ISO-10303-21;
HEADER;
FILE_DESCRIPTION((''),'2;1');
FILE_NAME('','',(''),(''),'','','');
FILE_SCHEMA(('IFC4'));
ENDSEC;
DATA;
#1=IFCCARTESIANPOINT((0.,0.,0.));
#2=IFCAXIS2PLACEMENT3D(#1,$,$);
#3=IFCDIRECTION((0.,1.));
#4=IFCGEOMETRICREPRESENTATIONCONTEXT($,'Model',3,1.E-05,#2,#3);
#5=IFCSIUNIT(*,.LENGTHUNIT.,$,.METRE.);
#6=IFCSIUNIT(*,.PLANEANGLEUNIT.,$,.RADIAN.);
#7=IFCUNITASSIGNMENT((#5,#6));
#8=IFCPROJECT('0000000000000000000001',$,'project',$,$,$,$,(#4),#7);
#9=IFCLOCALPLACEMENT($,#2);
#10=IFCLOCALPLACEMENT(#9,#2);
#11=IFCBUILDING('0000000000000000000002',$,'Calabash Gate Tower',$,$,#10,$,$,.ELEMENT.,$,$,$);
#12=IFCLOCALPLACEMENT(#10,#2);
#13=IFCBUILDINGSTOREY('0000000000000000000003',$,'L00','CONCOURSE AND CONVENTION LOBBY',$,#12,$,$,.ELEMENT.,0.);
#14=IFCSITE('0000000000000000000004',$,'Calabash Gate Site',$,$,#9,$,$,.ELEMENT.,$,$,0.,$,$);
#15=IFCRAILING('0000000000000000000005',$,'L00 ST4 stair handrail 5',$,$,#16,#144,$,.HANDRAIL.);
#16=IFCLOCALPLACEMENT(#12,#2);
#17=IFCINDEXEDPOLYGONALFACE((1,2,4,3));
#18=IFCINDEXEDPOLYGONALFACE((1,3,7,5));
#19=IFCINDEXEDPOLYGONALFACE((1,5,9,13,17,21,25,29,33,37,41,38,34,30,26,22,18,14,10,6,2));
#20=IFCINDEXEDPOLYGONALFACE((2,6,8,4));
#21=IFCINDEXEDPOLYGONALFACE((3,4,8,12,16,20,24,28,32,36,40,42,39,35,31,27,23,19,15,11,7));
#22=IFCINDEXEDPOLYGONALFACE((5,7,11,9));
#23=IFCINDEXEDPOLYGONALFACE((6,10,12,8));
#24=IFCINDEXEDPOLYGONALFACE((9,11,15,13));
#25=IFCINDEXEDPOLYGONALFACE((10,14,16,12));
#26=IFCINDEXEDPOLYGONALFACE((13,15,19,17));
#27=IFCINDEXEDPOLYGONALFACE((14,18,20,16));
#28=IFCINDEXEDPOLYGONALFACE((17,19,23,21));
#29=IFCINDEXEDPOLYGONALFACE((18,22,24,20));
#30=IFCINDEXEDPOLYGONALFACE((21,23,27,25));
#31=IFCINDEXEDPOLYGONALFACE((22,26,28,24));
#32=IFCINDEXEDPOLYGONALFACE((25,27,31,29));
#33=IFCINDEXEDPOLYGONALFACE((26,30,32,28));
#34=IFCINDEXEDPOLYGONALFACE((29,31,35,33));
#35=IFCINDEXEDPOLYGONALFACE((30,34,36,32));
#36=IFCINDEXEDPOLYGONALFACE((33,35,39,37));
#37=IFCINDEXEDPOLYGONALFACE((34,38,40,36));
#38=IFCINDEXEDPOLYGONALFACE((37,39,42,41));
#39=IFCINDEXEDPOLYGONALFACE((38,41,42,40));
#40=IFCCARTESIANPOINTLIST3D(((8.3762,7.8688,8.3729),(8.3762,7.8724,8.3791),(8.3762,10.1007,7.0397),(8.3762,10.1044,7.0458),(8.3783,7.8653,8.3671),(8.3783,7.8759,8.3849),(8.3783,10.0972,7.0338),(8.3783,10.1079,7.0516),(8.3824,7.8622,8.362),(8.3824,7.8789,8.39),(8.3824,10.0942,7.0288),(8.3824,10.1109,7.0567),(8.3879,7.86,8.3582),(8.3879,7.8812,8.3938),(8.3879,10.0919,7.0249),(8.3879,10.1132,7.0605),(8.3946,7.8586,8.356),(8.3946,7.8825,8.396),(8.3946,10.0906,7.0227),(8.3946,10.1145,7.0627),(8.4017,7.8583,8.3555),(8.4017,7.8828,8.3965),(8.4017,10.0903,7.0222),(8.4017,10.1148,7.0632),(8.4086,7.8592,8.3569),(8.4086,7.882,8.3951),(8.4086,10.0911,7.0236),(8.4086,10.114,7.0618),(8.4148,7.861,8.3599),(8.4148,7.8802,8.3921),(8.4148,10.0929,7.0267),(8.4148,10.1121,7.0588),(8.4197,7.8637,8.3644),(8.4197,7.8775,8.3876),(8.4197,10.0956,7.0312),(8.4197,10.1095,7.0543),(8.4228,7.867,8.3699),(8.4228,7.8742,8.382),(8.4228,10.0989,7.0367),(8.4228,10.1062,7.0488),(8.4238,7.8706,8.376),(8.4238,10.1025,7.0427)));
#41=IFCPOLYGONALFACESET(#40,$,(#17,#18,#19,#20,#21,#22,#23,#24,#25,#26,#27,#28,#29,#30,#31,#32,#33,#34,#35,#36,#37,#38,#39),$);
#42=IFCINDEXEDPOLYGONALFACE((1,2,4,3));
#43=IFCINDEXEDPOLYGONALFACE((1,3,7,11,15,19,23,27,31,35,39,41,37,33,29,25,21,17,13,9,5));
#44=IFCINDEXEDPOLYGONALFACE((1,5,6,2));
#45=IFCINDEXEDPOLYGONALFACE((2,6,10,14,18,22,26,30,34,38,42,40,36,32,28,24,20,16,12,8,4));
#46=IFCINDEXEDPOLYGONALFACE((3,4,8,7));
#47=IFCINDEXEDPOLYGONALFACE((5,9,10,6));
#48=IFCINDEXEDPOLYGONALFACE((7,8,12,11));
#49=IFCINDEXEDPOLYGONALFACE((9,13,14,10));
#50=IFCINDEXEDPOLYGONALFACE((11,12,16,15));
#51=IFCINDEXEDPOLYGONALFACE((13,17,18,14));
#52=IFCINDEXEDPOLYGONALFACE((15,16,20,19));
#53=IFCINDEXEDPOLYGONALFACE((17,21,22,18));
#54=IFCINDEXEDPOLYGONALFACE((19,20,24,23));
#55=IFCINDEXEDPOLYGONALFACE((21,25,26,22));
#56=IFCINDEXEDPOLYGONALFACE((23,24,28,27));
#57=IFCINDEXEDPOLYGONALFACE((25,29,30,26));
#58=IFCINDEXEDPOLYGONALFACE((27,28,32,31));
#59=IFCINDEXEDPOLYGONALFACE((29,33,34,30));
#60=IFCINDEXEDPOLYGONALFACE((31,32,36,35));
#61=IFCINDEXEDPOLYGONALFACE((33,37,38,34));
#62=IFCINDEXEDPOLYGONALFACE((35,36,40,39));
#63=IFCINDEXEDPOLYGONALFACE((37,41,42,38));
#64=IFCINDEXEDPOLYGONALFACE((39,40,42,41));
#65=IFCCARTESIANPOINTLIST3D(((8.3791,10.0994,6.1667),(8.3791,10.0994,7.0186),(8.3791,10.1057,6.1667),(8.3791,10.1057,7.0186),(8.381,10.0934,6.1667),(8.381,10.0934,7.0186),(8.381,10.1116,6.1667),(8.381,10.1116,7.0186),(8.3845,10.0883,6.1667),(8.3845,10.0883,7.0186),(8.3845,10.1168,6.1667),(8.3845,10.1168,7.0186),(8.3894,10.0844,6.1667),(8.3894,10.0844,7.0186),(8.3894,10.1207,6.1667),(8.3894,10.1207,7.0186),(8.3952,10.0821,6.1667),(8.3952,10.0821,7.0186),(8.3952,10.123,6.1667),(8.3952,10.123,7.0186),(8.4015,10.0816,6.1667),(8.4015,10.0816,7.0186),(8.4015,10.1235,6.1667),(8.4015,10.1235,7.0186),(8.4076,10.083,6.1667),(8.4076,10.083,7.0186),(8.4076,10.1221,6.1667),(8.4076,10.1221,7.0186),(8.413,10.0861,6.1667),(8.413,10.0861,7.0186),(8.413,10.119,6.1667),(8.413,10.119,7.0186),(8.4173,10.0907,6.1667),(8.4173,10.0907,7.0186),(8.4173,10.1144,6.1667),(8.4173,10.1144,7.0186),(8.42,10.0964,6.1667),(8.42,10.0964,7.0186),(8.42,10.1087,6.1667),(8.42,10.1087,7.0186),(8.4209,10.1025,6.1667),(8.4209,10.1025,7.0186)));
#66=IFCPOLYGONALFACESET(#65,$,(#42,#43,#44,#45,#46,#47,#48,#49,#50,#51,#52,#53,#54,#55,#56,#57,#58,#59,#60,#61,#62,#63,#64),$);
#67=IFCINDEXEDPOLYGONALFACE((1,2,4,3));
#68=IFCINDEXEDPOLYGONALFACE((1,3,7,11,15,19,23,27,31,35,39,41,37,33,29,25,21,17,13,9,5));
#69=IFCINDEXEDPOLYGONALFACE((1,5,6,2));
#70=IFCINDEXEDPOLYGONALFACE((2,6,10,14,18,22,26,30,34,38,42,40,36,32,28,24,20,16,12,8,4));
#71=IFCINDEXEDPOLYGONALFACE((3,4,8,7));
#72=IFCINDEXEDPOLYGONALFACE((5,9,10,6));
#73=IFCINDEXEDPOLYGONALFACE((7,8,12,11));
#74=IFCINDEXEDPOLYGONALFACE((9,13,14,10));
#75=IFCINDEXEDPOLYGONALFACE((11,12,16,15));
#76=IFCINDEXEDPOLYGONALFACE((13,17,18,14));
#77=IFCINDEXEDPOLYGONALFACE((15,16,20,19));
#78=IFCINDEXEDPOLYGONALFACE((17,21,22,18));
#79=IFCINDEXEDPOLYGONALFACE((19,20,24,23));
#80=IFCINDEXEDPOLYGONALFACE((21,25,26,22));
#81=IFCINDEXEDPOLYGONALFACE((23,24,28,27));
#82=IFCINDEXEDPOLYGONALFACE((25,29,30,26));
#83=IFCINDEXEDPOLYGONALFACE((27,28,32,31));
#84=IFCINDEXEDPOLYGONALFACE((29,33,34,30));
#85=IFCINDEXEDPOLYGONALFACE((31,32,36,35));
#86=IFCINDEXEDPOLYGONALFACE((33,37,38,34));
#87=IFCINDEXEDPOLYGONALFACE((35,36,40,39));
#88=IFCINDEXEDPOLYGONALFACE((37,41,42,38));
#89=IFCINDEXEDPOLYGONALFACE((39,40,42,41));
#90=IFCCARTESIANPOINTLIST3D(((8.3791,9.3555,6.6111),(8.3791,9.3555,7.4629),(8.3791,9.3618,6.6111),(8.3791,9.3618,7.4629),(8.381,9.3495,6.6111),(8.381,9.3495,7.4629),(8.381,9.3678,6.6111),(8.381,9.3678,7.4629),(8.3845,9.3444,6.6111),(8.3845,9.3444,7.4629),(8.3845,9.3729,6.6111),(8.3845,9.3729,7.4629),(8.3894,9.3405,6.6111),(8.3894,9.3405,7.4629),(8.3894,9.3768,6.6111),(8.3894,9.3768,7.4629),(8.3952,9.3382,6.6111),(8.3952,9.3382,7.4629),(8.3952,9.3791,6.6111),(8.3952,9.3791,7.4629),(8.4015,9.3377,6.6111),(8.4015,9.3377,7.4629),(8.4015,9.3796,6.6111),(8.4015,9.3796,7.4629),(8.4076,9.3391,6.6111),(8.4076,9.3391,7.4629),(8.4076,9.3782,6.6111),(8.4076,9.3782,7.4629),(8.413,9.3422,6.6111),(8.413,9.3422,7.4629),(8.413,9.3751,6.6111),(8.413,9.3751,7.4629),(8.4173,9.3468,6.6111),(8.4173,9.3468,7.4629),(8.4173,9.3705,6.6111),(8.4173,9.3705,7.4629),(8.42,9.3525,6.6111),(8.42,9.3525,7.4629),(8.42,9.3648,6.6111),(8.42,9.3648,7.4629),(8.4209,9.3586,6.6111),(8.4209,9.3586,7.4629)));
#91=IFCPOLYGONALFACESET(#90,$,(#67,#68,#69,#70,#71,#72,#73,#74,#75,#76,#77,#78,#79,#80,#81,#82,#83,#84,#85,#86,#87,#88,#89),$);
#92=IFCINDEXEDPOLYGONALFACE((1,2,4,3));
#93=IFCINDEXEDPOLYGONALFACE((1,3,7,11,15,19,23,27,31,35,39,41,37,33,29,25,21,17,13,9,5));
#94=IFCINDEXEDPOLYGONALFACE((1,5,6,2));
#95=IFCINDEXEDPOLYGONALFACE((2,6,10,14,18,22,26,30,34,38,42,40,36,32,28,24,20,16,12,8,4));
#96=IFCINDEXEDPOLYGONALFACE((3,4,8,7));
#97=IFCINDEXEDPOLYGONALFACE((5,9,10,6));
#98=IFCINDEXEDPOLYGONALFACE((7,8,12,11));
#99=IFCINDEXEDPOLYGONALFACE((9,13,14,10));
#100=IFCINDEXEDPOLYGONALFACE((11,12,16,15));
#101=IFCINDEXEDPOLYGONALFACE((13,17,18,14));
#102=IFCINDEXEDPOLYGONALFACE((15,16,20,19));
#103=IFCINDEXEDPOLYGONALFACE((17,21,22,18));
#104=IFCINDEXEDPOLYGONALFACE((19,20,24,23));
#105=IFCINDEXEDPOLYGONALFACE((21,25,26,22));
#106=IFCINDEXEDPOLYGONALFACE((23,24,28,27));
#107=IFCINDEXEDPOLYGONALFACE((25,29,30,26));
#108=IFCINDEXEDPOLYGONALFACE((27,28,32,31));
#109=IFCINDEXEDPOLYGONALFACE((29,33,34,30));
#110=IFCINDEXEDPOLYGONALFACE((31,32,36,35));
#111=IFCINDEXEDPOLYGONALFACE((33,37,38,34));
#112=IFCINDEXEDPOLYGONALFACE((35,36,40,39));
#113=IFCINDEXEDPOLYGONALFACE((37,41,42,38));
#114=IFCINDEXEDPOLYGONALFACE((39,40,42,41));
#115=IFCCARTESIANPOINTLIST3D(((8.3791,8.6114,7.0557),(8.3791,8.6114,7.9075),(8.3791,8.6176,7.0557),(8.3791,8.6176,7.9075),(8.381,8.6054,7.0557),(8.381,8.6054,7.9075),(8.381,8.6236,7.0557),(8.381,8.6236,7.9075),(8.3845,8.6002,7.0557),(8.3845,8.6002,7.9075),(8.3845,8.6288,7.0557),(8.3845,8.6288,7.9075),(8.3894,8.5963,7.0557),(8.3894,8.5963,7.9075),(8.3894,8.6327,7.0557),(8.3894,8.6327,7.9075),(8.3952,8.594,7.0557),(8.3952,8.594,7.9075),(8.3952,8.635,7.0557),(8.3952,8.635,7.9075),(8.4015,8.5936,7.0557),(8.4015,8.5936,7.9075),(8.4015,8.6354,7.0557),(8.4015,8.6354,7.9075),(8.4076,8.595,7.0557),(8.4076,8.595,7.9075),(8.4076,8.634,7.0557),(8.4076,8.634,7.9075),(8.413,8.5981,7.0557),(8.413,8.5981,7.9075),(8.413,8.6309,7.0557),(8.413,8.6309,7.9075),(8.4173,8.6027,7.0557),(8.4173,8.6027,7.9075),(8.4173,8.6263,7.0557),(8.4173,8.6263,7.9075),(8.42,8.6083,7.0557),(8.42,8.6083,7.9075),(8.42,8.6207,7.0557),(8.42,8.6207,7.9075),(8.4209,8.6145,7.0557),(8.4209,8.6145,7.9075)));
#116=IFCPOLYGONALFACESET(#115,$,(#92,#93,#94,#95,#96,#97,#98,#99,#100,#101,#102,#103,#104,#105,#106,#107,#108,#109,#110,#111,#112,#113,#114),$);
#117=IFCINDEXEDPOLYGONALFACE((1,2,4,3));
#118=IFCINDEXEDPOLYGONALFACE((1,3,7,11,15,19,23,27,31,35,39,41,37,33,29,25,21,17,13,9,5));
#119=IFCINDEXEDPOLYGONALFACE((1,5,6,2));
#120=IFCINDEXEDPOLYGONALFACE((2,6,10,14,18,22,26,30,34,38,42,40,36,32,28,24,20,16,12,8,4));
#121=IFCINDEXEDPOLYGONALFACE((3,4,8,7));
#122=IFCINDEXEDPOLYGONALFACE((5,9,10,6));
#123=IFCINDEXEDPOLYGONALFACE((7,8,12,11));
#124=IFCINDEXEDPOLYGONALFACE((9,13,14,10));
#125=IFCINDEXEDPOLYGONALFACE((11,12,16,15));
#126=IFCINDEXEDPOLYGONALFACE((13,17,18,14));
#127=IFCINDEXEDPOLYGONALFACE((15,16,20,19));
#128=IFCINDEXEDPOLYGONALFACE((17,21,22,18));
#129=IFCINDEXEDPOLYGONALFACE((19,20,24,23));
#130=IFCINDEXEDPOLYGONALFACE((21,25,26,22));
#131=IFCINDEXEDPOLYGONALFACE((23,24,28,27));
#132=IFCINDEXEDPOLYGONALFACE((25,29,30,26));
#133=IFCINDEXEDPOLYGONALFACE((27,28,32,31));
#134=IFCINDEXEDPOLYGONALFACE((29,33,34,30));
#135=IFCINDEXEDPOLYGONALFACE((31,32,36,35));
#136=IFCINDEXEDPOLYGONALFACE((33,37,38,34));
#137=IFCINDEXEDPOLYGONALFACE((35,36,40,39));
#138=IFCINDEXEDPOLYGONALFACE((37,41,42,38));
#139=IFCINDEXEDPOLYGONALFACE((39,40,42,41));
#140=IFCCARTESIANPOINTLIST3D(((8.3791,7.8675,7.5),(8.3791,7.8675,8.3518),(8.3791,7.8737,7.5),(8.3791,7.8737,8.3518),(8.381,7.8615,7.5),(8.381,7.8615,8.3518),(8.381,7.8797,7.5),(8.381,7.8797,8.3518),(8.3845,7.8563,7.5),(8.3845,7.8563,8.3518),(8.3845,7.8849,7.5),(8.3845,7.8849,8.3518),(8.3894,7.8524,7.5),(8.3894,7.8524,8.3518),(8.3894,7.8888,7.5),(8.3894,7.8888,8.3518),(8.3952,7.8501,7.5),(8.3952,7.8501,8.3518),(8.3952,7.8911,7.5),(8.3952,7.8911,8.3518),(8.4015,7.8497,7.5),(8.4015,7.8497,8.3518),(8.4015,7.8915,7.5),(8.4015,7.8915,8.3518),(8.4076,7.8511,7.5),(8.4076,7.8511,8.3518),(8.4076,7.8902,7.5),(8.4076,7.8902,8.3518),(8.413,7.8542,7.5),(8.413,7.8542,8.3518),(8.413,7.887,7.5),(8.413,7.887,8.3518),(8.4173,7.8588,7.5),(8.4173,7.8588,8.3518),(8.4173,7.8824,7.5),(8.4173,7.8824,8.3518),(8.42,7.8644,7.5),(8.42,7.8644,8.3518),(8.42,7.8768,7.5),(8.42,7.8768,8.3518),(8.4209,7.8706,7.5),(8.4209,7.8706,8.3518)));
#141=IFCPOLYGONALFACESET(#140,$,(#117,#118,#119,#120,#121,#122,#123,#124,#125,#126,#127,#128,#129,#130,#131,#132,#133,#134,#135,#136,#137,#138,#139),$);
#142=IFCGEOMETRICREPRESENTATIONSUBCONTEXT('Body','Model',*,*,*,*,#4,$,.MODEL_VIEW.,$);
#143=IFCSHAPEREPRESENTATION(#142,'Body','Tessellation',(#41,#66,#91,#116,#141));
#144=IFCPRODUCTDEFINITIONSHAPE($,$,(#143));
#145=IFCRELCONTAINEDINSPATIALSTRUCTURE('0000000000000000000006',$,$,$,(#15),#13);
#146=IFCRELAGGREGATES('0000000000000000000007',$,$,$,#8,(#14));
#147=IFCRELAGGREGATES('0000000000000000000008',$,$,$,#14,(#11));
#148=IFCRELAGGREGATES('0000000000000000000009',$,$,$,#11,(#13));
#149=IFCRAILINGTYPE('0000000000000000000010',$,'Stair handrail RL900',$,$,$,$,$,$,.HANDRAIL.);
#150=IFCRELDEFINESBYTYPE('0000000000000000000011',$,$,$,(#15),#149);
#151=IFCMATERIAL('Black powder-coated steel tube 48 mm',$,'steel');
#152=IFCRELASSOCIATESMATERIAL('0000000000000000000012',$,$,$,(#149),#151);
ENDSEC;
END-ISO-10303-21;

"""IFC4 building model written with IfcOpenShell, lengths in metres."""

from ifc_helpers import new_model, si_unit, direction, frame, origin, origin_2d, place, context, subcontext, project, spatial, circle, extrude, material, type_object, element, save


model = new_model("IFC4")

# Units and contexts
model_context = context("Model", 3, precision=1e-05, world=origin(), true_north=direction((0.0, 1.0)))
body_context = subcontext(model_context, "Body", "Model", "MODEL_VIEW")
ifc_project = project(units=[si_unit("LENGTHUNIT", "METRE"), si_unit("PLANEANGLEUNIT", "RADIAN")], contexts=[model_context])

# Site, building, storey
site_placement = place(None, origin())
site = spatial("IfcSite", under=ifc_project, at=site_placement, Name="Calabash Gate Site", CompositionType="ELEMENT", RefElevation=0.0)
building_placement = place(site_placement, origin())
building = spatial("IfcBuilding", under=site, at=building_placement, Name="Calabash Gate Tower", CompositionType="ELEMENT")
storey_placement = place(building_placement, origin())
storey = spatial("IfcBuildingStorey", under=building, at=storey_placement, Name="L00", Description="CONCOURSE AND CONVENTION LOBBY", CompositionType="ELEMENT", Elevation=0.0)

# Railing
ifc_material_1 = material(Name="Black powder-coated steel tube 48 mm", Category="steel")
railing_type_1 = type_object("IfcRailingType", Name="Stair handrail RL900", PredefinedType="HANDRAIL", material=ifc_material_1)
railing_1_placement = place(storey_placement, frame((8.3999, 10.1025, 6.1667)))
element("IfcRailing", 1, at=railing_1_placement, inside=storey, type_object=railing_type_1, Name="L00 ST4 stair handrail 5", PredefinedType="HANDRAIL", context=body_context, shape_type="SweptSolid", body=[
    extrude(circle(Radius=0.0239, at=origin_2d()), frame((0.0, 0.0, 0.876), z_axis=(0.0, -0.858494, 0.512824), x_axis=(1.0, 0.0, 0.0)), (0.0, 0.0, 1.0), 2.5999),
    extrude(circle(Radius=0.021, at=origin_2d()), origin(), (0.0, 0.0, 1.0), 0.8518),
    extrude(circle(Radius=0.021, at=origin_2d()), frame((0.0, -0.7439, 0.4443)), (0.0, 0.0, 1.0), 0.8518),
    extrude(circle(Radius=0.021, at=origin_2d()), frame((0.0, -1.488, 0.8889)), (0.0, 0.0, 1.0), 0.8518),
    extrude(circle(Radius=0.021, at=origin_2d()), frame((0.0, -2.2319, 1.3333)), (0.0, 0.0, 1.0), 0.8518),
])

save(model, "model.ifc")
